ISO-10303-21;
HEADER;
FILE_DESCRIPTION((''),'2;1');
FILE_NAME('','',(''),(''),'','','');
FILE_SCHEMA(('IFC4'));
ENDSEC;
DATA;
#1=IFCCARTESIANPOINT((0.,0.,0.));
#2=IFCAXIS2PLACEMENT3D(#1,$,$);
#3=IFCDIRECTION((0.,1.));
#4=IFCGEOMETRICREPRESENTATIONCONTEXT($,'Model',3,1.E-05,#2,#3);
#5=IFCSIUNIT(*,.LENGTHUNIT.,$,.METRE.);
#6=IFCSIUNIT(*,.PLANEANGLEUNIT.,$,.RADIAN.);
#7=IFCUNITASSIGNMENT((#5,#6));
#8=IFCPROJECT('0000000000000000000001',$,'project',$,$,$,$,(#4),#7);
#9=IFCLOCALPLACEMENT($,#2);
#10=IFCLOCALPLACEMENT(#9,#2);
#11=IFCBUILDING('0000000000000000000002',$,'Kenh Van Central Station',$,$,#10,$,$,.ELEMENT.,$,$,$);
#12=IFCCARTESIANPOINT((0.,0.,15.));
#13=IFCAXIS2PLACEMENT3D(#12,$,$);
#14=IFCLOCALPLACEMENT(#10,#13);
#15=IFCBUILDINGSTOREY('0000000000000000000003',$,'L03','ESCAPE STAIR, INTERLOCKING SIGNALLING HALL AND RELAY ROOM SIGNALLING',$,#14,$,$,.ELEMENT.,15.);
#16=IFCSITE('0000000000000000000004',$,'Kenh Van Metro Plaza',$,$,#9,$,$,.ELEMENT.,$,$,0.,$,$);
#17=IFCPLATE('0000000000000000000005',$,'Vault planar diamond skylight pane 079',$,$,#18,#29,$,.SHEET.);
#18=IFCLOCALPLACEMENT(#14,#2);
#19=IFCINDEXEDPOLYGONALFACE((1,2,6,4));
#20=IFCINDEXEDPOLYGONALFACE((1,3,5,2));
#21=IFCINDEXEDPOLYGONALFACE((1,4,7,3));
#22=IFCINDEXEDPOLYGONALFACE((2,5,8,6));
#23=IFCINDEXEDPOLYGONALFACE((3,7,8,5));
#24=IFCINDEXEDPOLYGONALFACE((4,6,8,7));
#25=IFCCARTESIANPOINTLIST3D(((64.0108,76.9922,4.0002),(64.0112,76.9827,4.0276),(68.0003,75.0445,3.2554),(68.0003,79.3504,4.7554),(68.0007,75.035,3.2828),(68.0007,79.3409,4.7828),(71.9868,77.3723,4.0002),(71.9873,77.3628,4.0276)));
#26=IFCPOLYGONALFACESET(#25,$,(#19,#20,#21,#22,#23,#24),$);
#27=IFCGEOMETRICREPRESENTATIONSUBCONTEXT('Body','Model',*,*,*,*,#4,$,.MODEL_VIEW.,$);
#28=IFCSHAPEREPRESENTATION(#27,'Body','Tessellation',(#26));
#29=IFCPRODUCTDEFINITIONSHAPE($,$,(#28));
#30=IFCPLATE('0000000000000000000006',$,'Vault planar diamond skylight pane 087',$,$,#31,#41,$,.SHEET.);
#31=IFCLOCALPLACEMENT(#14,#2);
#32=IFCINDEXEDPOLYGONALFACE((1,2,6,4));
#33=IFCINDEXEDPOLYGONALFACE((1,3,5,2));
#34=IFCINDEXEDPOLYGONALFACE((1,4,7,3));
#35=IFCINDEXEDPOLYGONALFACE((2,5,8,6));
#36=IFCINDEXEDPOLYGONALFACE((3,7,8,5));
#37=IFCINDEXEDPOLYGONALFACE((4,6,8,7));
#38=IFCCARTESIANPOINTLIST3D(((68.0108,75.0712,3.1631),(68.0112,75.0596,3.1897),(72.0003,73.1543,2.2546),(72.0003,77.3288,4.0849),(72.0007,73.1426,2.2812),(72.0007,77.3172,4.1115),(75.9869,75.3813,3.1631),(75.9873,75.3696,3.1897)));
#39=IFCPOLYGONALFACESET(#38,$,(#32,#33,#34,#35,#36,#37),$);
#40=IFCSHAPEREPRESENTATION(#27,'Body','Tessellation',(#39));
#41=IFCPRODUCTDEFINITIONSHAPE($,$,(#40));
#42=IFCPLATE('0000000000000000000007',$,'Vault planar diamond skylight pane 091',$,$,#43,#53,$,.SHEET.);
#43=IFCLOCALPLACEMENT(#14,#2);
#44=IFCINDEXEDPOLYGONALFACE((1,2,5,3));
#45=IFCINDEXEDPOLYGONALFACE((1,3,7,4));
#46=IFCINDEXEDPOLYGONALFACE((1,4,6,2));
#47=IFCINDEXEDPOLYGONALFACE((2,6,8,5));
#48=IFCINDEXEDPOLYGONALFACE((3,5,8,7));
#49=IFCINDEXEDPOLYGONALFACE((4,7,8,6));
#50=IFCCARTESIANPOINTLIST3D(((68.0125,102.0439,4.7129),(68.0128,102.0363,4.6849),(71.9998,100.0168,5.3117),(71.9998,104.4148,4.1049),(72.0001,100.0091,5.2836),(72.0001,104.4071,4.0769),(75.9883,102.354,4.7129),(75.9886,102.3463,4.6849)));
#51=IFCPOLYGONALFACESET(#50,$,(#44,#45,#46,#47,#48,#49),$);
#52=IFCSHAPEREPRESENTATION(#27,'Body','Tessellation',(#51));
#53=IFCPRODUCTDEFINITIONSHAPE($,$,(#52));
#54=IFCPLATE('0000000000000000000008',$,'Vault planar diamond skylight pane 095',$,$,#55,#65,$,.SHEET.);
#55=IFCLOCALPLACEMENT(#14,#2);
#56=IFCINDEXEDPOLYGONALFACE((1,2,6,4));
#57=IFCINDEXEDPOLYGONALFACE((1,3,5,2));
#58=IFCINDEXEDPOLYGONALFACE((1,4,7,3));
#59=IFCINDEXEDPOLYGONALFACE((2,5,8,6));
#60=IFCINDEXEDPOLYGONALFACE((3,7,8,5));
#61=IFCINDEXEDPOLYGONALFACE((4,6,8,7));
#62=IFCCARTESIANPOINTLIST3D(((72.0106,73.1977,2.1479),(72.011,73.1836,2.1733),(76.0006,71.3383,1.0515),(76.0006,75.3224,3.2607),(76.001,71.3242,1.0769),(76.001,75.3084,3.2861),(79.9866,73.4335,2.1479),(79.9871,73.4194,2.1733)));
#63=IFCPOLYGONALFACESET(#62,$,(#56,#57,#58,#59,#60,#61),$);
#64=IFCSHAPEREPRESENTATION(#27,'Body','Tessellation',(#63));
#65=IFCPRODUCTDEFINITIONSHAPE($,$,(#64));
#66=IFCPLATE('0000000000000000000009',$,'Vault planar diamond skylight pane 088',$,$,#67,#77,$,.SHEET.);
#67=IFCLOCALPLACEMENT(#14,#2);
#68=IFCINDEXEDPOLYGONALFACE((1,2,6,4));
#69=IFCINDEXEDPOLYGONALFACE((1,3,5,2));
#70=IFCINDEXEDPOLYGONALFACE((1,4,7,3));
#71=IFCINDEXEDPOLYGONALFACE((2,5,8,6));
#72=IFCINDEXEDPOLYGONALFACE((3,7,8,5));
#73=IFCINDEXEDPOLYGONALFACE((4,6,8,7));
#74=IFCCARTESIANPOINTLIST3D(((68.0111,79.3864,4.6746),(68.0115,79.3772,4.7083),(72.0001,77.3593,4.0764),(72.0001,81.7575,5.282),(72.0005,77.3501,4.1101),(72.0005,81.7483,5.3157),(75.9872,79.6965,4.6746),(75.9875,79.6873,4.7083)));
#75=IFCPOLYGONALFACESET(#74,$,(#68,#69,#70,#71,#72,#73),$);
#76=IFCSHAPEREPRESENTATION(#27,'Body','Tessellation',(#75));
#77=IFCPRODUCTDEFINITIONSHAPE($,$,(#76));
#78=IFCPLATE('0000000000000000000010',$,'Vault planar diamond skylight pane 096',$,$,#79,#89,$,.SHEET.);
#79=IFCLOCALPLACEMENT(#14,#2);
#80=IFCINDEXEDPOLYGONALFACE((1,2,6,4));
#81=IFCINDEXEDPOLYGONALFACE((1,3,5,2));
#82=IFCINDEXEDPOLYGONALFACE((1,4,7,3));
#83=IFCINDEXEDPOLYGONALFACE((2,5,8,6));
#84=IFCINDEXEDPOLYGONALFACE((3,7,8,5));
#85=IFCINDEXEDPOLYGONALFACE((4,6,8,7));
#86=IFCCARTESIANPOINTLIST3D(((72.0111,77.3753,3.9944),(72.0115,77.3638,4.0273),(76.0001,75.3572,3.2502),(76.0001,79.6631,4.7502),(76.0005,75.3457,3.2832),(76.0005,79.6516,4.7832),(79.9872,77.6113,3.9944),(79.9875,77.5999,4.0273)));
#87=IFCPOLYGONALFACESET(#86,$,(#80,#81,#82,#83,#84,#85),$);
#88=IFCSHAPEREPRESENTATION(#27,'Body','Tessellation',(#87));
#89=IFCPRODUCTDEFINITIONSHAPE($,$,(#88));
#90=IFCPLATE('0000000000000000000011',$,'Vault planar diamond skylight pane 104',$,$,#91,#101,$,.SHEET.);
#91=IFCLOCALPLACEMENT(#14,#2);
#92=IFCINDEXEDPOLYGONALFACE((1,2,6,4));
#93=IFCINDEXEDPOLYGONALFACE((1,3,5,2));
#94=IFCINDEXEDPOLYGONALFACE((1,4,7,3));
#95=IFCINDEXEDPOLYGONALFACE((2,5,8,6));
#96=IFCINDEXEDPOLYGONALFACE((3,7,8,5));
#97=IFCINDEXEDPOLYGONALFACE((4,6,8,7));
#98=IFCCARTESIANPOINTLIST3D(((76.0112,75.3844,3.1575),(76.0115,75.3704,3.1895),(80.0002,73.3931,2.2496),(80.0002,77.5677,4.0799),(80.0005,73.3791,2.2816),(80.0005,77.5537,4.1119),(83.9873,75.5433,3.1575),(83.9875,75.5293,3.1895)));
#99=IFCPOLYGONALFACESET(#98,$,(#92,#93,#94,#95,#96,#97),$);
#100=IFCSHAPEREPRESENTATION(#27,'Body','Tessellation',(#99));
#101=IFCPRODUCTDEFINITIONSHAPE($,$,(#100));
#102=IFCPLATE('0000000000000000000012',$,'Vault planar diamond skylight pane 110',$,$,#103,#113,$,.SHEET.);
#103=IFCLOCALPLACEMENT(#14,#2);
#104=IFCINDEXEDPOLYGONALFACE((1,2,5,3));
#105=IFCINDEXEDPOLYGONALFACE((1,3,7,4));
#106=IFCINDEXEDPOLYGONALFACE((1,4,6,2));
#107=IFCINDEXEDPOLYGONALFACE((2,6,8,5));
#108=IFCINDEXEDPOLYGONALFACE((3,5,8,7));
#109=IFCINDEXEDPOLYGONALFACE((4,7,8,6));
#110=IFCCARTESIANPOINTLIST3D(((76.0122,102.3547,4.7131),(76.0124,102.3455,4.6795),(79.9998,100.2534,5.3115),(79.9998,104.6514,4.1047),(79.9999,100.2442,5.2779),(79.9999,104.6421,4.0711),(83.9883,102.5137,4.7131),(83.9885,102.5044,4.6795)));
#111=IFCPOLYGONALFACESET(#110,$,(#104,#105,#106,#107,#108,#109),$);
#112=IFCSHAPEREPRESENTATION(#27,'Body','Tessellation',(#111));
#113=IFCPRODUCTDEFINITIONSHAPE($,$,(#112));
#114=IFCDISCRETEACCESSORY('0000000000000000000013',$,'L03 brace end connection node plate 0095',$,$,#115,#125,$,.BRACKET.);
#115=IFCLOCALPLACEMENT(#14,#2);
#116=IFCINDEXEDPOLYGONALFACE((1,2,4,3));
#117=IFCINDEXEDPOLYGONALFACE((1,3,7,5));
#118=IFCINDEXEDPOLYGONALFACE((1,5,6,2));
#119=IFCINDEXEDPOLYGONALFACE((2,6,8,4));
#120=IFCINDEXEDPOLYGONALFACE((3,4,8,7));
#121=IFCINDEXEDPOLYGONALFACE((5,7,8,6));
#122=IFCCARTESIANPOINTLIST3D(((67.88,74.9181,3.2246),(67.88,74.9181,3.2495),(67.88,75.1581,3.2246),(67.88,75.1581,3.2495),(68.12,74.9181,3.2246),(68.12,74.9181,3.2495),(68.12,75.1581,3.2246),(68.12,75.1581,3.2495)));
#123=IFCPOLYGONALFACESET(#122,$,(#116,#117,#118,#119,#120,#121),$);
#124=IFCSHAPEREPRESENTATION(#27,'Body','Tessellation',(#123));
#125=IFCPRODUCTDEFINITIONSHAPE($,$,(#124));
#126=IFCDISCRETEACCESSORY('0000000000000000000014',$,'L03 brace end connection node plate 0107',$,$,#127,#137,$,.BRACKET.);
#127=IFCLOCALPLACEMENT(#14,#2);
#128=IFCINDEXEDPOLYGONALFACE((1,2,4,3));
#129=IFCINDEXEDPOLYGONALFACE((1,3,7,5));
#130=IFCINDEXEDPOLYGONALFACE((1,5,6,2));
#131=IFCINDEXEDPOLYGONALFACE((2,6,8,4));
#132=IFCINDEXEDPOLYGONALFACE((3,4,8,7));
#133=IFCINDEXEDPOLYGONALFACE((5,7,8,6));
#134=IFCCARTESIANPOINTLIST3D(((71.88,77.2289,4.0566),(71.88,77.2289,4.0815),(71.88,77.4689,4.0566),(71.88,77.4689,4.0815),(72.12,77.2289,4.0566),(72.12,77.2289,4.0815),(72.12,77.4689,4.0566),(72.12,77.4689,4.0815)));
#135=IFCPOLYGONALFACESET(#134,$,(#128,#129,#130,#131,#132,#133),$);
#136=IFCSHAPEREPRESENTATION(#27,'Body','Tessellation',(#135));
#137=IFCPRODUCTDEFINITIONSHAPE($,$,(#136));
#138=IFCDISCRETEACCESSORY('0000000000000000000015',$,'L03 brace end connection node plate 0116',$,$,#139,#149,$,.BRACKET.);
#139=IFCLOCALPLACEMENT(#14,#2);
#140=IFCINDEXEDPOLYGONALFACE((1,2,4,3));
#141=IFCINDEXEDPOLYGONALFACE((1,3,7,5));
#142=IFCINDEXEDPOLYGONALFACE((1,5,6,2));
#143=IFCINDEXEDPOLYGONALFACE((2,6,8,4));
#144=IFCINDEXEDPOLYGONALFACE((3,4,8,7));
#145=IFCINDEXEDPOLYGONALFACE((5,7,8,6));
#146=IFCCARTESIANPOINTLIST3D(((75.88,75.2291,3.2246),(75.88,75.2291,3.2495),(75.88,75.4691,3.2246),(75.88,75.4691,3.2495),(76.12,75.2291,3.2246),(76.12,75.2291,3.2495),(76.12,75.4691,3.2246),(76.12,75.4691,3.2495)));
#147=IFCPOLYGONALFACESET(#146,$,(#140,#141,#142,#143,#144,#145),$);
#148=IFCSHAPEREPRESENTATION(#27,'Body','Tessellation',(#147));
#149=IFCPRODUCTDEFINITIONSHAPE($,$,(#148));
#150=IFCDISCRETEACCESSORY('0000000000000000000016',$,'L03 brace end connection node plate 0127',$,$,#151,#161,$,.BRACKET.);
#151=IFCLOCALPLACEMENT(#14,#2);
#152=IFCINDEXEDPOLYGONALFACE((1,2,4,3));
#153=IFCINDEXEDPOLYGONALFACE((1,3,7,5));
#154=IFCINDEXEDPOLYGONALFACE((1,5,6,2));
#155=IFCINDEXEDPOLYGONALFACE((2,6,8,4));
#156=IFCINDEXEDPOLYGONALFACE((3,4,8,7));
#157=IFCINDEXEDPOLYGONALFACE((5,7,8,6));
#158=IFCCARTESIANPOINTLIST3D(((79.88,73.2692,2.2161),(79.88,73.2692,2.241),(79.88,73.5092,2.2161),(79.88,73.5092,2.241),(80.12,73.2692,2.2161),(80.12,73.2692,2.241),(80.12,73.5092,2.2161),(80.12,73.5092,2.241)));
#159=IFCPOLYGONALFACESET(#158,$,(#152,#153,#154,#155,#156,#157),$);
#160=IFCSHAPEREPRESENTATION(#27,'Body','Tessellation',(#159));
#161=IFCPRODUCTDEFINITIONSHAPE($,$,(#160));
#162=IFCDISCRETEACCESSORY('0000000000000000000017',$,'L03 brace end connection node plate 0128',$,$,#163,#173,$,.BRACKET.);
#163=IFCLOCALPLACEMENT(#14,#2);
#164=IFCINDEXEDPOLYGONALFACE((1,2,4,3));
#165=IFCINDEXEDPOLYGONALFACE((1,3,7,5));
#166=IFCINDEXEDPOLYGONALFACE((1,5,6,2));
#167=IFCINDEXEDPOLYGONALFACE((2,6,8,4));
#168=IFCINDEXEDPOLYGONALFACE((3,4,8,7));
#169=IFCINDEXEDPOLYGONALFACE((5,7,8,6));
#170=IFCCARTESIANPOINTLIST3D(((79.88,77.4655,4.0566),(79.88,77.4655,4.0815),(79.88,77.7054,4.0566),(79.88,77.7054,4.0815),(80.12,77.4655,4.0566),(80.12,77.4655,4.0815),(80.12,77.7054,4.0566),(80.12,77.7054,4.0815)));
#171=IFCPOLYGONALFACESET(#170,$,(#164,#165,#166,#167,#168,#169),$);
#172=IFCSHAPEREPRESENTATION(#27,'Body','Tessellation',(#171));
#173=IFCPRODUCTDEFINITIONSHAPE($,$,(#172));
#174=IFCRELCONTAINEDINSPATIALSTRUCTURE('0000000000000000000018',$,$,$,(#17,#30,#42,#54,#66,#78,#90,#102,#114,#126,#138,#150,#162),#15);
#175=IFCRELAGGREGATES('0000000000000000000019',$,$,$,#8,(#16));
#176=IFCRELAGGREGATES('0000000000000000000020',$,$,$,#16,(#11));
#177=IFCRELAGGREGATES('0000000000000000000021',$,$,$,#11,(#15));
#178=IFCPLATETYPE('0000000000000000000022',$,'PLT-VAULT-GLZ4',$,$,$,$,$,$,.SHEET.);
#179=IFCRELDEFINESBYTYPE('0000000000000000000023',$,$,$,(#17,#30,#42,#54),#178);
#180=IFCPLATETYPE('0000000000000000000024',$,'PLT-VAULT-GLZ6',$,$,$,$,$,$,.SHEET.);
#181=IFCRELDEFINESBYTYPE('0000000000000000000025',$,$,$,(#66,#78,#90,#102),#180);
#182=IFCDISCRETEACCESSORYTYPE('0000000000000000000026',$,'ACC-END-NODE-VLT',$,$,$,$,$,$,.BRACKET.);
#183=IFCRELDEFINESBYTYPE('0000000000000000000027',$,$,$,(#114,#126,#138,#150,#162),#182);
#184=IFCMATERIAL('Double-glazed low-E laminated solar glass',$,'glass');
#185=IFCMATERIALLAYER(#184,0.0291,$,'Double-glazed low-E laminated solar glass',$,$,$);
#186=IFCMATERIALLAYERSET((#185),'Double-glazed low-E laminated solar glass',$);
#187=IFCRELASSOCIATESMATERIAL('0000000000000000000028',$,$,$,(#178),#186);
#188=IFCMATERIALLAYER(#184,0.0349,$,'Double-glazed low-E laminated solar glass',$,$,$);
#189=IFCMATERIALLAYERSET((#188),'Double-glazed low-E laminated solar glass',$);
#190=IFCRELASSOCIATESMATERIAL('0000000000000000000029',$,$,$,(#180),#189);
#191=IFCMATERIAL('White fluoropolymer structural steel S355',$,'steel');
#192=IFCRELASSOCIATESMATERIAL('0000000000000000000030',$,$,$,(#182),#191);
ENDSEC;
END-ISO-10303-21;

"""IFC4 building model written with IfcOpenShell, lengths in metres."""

from ifc_helpers import new_model, si_unit, direction, frame, origin, origin_2d, place, context, subcontext, project, spatial, polyline, rectangle, outline, extrude, material, layer, layer_set, type_object, element, save


model = new_model("IFC4")

# Units and contexts
model_context = context("Model", 3, precision=1e-05, world=origin(), true_north=direction((0.0, 1.0)))
body_context = subcontext(model_context, "Body", "Model", "MODEL_VIEW")
ifc_project = project(units=[si_unit("LENGTHUNIT", "METRE"), si_unit("PLANEANGLEUNIT", "RADIAN")], contexts=[model_context])

# Site, building, storey
site_placement = place(None, origin())
site = spatial("IfcSite", under=ifc_project, at=site_placement, Name="Kenh Van Metro Plaza", CompositionType="ELEMENT", RefElevation=0.0)
building_placement = place(site_placement, origin())
building = spatial("IfcBuilding", under=site, at=building_placement, Name="Kenh Van Central Station", CompositionType="ELEMENT")
storey_placement = place(building_placement, frame((0.0, 0.0, 15.0)))
storey = spatial("IfcBuildingStorey", under=building, at=storey_placement, Name="L03", Description="ESCAPE STAIR, INTERLOCKING SIGNALLING HALL AND RELAY ROOM SIGNALLING", CompositionType="ELEMENT", Elevation=15.0)

# Shared definitions
ifc_material_1 = material(Name="White fluoropolymer structural steel S355", Category="steel")

# Plates
ifc_material_2 = material(Name="Double-glazed low-E laminated solar glass", Category="glass")
ifc_layer_1 = layer(ifc_material_2, 0.0291, Name="Double-glazed low-E laminated solar glass")
ifc_layer_set_1 = layer_set([ifc_layer_1], Name="Double-glazed low-E laminated solar glass")
plate_type_1 = type_object("IfcPlateType", Name="PLT-VAULT-GLZ4", PredefinedType="SHEET", material=ifc_layer_set_1)
plate_1_placement = place(storey_placement, frame((64.0112, 76.9827, 4.0276), z_axis=(0.015676, -0.328929, 0.944225), x_axis=(0.886242, -0.432673, -0.165439)))
element("IfcPlate", 1, at=plate_1_placement, inside=storey, type_object=plate_type_1, Name="Vault planar diamond skylight pane 079", PredefinedType="SHEET", context=body_context, shape_type="SweptSolid", body=[
    extrude(outline(polyline([(0.0, 0.0), (4.5016, 0.0), (6.9043, 4.0117), (2.3904, 4.0415), (0.0, 0.0)])), origin(), (0.0, 0.0, -1.0), 0.0291),
])
plate_2_placement = place(storey_placement, frame((68.0112, 75.0596, 3.1897), z_axis=(0.015608, -0.401498, 0.915727), x_axis=(0.882939, -0.424256, -0.201063)))
element("IfcPlate", 2, at=plate_2_placement, inside=storey, type_object=plate_type_1, Name="Vault planar diamond skylight pane 087", PredefinedType="SHEET", context=body_context, shape_type="SweptSolid", body=[
    extrude(outline(polyline([(0.0, 0.0), (4.5184, 0.0), (6.9108, 3.9943), (2.3793, 4.0251), (0.0, 0.0)])), origin(), (0.0, 0.0, -1.0), 0.0291),
])
plate_3_placement = place(storey_placement, frame((68.0125, 102.0439, 4.7129), z_axis=(-0.010286, 0.264602, 0.964303), x_axis=(0.883533, -0.449184, 0.13268)))
element("IfcPlate", 3, at=plate_3_placement, inside=storey, type_object=plate_type_1, Name="Vault planar diamond skylight pane 091", PredefinedType="SHEET", context=body_context, shape_type="SweptSolid", body=[
    extrude(outline(polyline([(0.0, 0.0), (4.5129, 0.0), (6.9076, 3.9993), (2.3773, 4.0296), (0.0, 0.0)])), origin(), (0.0, 0.0, -1.0), 0.0291),
])
plate_4_placement = place(storey_placement, frame((72.011, 73.1836, 2.1733), z_axis=(0.014337, -0.484892, 0.874456), x_axis=(0.879538, -0.409872, -0.241698)))
element("IfcPlate", 4, at=plate_4_placement, inside=storey, type_object=plate_type_1, Name="Vault planar diamond skylight pane 095", PredefinedType="SHEET", context=body_context, shape_type="SweptSolid", body=[
    extrude(outline(polyline([(0.0, 0.0), (4.5365, 0.0), (6.9186, 3.9757), (2.3695, 4.0073), (0.0, 0.0)])), origin(), (0.0, 0.0, -1.0), 0.0291),
])
ifc_layer_2 = layer(ifc_material_2, 0.0349, Name="Double-glazed low-E laminated solar glass")
ifc_layer_set_2 = layer_set([ifc_layer_2], Name="Double-glazed low-E laminated solar glass")
plate_type_2 = type_object("IfcPlateType", Name="PLT-VAULT-GLZ6", PredefinedType="SHEET", material=ifc_layer_set_2)
plate_5_placement = place(storey_placement, frame((68.0115, 79.3772, 4.7083), z_axis=(0.010276, -0.26434, 0.964375), x_axis=(0.883634, -0.449037, -0.132499)))
element("IfcPlate", 5, at=plate_5_placement, inside=storey, type_object=plate_type_2, Name="Vault planar diamond skylight pane 088", PredefinedType="SHEET", context=body_context, shape_type="SweptSolid", body=[
    extrude(outline(polyline([(0.0, 0.0), (4.5143, 0.0), (6.9087, 3.998), (2.3796, 4.03), (0.0, 0.0)])), origin(), (0.0, 0.0, -1.0), 0.0349),
])
plate_6_placement = place(storey_placement, frame((72.0115, 77.3638, 4.0273), z_axis=(0.009737, -0.328954, 0.944296), x_axis=(0.880198, -0.445298, -0.164199)))
element("IfcPlate", 6, at=plate_6_placement, inside=storey, type_object=plate_type_2, Name="Vault planar diamond skylight pane 096", PredefinedType="SHEET", context=body_context, shape_type="SweptSolid", body=[
    extrude(outline(polyline([(0.0, 0.0), (4.5319, 0.0), (6.9154, 3.9813), (2.3682, 4.0136), (0.0, 0.0)])), origin(), (0.0, 0.0, -1.0), 0.0349),
])
plate_7_placement = place(storey_placement, frame((76.0115, 75.3704, 3.1895), z_axis=(0.008001, -0.401534, 0.915809), x_axis=(0.876727, -0.437644, -0.199543)))
element("IfcPlate", 7, at=plate_7_placement, inside=storey, type_object=plate_type_2, Name="Vault planar diamond skylight pane 104", PredefinedType="SHEET", context=body_context, shape_type="SweptSolid", body=[
    extrude(outline(polyline([(0.0, 0.0), (4.5499, 0.0), (6.9233, 3.9637), (2.3577, 3.9964), (0.0, 0.0)])), origin(), (0.0, 0.0, -1.0), 0.0349),
])
plate_8_placement = place(storey_placement, frame((76.0122, 102.3547, 4.7131), z_axis=(-0.005273, 0.264613, 0.96434), x_axis=(0.876985, -0.462144, 0.131606)))
element("IfcPlate", 8, at=plate_8_placement, inside=storey, type_object=plate_type_2, Name="Vault planar diamond skylight pane 110", PredefinedType="SHEET", context=body_context, shape_type="SweptSolid", body=[
    extrude(outline(polyline([(0.0, 0.0), (4.5469, 0.0), (6.9214, 3.9669), (2.3556, 3.9996), (0.0, 0.0)])), origin(), (0.0, 0.0, -1.0), 0.0349),
])

# Discrete accessories
discrete_accessory_type = type_object("IfcDiscreteAccessoryType", Name="ACC-END-NODE-VLT", PredefinedType="BRACKET", material=ifc_material_1)
for number, where, z_axis, x_axis, name in (
    (9, (68.0, 75.0381, 3.2246), (0.0, 0.0, 1.0), (1.0, 0.0, 0.0), "L03 brace end connection node plate 0095"),
    (10, (72.0, 77.3489, 4.0566), (0.0, 0.0, 1.0), (1.0, 0.0, 0.0), "L03 brace end connection node plate 0107"),
    (11, (76.0, 75.3491, 3.2246), (0.0, 0.0, 1.0), (1.0, 0.0, 0.0), "L03 brace end connection node plate 0116"),
    (12, (80.0, 73.3892, 2.2161), (0.0, 0.0, 1.0), (1.0, 0.0, 0.0), "L03 brace end connection node plate 0127"),
    (13, (80.0, 77.5854, 4.0566), (0.0, 0.0, 1.0), (1.0, 0.0, 0.0), "L03 brace end connection node plate 0128"),
):
    element("IfcDiscreteAccessory", number, at=place(storey_placement, frame(where, z_axis=z_axis, x_axis=x_axis)), inside=storey, type_object=discrete_accessory_type, Name=name, PredefinedType="BRACKET", context=body_context, shape_type="SweptSolid", body=[
        extrude(rectangle(XDim=0.24, YDim=0.24, at=origin_2d()), origin(), (0.0, 0.0, 1.0), 0.0249),
    ])

save(model, "model.ifc")
